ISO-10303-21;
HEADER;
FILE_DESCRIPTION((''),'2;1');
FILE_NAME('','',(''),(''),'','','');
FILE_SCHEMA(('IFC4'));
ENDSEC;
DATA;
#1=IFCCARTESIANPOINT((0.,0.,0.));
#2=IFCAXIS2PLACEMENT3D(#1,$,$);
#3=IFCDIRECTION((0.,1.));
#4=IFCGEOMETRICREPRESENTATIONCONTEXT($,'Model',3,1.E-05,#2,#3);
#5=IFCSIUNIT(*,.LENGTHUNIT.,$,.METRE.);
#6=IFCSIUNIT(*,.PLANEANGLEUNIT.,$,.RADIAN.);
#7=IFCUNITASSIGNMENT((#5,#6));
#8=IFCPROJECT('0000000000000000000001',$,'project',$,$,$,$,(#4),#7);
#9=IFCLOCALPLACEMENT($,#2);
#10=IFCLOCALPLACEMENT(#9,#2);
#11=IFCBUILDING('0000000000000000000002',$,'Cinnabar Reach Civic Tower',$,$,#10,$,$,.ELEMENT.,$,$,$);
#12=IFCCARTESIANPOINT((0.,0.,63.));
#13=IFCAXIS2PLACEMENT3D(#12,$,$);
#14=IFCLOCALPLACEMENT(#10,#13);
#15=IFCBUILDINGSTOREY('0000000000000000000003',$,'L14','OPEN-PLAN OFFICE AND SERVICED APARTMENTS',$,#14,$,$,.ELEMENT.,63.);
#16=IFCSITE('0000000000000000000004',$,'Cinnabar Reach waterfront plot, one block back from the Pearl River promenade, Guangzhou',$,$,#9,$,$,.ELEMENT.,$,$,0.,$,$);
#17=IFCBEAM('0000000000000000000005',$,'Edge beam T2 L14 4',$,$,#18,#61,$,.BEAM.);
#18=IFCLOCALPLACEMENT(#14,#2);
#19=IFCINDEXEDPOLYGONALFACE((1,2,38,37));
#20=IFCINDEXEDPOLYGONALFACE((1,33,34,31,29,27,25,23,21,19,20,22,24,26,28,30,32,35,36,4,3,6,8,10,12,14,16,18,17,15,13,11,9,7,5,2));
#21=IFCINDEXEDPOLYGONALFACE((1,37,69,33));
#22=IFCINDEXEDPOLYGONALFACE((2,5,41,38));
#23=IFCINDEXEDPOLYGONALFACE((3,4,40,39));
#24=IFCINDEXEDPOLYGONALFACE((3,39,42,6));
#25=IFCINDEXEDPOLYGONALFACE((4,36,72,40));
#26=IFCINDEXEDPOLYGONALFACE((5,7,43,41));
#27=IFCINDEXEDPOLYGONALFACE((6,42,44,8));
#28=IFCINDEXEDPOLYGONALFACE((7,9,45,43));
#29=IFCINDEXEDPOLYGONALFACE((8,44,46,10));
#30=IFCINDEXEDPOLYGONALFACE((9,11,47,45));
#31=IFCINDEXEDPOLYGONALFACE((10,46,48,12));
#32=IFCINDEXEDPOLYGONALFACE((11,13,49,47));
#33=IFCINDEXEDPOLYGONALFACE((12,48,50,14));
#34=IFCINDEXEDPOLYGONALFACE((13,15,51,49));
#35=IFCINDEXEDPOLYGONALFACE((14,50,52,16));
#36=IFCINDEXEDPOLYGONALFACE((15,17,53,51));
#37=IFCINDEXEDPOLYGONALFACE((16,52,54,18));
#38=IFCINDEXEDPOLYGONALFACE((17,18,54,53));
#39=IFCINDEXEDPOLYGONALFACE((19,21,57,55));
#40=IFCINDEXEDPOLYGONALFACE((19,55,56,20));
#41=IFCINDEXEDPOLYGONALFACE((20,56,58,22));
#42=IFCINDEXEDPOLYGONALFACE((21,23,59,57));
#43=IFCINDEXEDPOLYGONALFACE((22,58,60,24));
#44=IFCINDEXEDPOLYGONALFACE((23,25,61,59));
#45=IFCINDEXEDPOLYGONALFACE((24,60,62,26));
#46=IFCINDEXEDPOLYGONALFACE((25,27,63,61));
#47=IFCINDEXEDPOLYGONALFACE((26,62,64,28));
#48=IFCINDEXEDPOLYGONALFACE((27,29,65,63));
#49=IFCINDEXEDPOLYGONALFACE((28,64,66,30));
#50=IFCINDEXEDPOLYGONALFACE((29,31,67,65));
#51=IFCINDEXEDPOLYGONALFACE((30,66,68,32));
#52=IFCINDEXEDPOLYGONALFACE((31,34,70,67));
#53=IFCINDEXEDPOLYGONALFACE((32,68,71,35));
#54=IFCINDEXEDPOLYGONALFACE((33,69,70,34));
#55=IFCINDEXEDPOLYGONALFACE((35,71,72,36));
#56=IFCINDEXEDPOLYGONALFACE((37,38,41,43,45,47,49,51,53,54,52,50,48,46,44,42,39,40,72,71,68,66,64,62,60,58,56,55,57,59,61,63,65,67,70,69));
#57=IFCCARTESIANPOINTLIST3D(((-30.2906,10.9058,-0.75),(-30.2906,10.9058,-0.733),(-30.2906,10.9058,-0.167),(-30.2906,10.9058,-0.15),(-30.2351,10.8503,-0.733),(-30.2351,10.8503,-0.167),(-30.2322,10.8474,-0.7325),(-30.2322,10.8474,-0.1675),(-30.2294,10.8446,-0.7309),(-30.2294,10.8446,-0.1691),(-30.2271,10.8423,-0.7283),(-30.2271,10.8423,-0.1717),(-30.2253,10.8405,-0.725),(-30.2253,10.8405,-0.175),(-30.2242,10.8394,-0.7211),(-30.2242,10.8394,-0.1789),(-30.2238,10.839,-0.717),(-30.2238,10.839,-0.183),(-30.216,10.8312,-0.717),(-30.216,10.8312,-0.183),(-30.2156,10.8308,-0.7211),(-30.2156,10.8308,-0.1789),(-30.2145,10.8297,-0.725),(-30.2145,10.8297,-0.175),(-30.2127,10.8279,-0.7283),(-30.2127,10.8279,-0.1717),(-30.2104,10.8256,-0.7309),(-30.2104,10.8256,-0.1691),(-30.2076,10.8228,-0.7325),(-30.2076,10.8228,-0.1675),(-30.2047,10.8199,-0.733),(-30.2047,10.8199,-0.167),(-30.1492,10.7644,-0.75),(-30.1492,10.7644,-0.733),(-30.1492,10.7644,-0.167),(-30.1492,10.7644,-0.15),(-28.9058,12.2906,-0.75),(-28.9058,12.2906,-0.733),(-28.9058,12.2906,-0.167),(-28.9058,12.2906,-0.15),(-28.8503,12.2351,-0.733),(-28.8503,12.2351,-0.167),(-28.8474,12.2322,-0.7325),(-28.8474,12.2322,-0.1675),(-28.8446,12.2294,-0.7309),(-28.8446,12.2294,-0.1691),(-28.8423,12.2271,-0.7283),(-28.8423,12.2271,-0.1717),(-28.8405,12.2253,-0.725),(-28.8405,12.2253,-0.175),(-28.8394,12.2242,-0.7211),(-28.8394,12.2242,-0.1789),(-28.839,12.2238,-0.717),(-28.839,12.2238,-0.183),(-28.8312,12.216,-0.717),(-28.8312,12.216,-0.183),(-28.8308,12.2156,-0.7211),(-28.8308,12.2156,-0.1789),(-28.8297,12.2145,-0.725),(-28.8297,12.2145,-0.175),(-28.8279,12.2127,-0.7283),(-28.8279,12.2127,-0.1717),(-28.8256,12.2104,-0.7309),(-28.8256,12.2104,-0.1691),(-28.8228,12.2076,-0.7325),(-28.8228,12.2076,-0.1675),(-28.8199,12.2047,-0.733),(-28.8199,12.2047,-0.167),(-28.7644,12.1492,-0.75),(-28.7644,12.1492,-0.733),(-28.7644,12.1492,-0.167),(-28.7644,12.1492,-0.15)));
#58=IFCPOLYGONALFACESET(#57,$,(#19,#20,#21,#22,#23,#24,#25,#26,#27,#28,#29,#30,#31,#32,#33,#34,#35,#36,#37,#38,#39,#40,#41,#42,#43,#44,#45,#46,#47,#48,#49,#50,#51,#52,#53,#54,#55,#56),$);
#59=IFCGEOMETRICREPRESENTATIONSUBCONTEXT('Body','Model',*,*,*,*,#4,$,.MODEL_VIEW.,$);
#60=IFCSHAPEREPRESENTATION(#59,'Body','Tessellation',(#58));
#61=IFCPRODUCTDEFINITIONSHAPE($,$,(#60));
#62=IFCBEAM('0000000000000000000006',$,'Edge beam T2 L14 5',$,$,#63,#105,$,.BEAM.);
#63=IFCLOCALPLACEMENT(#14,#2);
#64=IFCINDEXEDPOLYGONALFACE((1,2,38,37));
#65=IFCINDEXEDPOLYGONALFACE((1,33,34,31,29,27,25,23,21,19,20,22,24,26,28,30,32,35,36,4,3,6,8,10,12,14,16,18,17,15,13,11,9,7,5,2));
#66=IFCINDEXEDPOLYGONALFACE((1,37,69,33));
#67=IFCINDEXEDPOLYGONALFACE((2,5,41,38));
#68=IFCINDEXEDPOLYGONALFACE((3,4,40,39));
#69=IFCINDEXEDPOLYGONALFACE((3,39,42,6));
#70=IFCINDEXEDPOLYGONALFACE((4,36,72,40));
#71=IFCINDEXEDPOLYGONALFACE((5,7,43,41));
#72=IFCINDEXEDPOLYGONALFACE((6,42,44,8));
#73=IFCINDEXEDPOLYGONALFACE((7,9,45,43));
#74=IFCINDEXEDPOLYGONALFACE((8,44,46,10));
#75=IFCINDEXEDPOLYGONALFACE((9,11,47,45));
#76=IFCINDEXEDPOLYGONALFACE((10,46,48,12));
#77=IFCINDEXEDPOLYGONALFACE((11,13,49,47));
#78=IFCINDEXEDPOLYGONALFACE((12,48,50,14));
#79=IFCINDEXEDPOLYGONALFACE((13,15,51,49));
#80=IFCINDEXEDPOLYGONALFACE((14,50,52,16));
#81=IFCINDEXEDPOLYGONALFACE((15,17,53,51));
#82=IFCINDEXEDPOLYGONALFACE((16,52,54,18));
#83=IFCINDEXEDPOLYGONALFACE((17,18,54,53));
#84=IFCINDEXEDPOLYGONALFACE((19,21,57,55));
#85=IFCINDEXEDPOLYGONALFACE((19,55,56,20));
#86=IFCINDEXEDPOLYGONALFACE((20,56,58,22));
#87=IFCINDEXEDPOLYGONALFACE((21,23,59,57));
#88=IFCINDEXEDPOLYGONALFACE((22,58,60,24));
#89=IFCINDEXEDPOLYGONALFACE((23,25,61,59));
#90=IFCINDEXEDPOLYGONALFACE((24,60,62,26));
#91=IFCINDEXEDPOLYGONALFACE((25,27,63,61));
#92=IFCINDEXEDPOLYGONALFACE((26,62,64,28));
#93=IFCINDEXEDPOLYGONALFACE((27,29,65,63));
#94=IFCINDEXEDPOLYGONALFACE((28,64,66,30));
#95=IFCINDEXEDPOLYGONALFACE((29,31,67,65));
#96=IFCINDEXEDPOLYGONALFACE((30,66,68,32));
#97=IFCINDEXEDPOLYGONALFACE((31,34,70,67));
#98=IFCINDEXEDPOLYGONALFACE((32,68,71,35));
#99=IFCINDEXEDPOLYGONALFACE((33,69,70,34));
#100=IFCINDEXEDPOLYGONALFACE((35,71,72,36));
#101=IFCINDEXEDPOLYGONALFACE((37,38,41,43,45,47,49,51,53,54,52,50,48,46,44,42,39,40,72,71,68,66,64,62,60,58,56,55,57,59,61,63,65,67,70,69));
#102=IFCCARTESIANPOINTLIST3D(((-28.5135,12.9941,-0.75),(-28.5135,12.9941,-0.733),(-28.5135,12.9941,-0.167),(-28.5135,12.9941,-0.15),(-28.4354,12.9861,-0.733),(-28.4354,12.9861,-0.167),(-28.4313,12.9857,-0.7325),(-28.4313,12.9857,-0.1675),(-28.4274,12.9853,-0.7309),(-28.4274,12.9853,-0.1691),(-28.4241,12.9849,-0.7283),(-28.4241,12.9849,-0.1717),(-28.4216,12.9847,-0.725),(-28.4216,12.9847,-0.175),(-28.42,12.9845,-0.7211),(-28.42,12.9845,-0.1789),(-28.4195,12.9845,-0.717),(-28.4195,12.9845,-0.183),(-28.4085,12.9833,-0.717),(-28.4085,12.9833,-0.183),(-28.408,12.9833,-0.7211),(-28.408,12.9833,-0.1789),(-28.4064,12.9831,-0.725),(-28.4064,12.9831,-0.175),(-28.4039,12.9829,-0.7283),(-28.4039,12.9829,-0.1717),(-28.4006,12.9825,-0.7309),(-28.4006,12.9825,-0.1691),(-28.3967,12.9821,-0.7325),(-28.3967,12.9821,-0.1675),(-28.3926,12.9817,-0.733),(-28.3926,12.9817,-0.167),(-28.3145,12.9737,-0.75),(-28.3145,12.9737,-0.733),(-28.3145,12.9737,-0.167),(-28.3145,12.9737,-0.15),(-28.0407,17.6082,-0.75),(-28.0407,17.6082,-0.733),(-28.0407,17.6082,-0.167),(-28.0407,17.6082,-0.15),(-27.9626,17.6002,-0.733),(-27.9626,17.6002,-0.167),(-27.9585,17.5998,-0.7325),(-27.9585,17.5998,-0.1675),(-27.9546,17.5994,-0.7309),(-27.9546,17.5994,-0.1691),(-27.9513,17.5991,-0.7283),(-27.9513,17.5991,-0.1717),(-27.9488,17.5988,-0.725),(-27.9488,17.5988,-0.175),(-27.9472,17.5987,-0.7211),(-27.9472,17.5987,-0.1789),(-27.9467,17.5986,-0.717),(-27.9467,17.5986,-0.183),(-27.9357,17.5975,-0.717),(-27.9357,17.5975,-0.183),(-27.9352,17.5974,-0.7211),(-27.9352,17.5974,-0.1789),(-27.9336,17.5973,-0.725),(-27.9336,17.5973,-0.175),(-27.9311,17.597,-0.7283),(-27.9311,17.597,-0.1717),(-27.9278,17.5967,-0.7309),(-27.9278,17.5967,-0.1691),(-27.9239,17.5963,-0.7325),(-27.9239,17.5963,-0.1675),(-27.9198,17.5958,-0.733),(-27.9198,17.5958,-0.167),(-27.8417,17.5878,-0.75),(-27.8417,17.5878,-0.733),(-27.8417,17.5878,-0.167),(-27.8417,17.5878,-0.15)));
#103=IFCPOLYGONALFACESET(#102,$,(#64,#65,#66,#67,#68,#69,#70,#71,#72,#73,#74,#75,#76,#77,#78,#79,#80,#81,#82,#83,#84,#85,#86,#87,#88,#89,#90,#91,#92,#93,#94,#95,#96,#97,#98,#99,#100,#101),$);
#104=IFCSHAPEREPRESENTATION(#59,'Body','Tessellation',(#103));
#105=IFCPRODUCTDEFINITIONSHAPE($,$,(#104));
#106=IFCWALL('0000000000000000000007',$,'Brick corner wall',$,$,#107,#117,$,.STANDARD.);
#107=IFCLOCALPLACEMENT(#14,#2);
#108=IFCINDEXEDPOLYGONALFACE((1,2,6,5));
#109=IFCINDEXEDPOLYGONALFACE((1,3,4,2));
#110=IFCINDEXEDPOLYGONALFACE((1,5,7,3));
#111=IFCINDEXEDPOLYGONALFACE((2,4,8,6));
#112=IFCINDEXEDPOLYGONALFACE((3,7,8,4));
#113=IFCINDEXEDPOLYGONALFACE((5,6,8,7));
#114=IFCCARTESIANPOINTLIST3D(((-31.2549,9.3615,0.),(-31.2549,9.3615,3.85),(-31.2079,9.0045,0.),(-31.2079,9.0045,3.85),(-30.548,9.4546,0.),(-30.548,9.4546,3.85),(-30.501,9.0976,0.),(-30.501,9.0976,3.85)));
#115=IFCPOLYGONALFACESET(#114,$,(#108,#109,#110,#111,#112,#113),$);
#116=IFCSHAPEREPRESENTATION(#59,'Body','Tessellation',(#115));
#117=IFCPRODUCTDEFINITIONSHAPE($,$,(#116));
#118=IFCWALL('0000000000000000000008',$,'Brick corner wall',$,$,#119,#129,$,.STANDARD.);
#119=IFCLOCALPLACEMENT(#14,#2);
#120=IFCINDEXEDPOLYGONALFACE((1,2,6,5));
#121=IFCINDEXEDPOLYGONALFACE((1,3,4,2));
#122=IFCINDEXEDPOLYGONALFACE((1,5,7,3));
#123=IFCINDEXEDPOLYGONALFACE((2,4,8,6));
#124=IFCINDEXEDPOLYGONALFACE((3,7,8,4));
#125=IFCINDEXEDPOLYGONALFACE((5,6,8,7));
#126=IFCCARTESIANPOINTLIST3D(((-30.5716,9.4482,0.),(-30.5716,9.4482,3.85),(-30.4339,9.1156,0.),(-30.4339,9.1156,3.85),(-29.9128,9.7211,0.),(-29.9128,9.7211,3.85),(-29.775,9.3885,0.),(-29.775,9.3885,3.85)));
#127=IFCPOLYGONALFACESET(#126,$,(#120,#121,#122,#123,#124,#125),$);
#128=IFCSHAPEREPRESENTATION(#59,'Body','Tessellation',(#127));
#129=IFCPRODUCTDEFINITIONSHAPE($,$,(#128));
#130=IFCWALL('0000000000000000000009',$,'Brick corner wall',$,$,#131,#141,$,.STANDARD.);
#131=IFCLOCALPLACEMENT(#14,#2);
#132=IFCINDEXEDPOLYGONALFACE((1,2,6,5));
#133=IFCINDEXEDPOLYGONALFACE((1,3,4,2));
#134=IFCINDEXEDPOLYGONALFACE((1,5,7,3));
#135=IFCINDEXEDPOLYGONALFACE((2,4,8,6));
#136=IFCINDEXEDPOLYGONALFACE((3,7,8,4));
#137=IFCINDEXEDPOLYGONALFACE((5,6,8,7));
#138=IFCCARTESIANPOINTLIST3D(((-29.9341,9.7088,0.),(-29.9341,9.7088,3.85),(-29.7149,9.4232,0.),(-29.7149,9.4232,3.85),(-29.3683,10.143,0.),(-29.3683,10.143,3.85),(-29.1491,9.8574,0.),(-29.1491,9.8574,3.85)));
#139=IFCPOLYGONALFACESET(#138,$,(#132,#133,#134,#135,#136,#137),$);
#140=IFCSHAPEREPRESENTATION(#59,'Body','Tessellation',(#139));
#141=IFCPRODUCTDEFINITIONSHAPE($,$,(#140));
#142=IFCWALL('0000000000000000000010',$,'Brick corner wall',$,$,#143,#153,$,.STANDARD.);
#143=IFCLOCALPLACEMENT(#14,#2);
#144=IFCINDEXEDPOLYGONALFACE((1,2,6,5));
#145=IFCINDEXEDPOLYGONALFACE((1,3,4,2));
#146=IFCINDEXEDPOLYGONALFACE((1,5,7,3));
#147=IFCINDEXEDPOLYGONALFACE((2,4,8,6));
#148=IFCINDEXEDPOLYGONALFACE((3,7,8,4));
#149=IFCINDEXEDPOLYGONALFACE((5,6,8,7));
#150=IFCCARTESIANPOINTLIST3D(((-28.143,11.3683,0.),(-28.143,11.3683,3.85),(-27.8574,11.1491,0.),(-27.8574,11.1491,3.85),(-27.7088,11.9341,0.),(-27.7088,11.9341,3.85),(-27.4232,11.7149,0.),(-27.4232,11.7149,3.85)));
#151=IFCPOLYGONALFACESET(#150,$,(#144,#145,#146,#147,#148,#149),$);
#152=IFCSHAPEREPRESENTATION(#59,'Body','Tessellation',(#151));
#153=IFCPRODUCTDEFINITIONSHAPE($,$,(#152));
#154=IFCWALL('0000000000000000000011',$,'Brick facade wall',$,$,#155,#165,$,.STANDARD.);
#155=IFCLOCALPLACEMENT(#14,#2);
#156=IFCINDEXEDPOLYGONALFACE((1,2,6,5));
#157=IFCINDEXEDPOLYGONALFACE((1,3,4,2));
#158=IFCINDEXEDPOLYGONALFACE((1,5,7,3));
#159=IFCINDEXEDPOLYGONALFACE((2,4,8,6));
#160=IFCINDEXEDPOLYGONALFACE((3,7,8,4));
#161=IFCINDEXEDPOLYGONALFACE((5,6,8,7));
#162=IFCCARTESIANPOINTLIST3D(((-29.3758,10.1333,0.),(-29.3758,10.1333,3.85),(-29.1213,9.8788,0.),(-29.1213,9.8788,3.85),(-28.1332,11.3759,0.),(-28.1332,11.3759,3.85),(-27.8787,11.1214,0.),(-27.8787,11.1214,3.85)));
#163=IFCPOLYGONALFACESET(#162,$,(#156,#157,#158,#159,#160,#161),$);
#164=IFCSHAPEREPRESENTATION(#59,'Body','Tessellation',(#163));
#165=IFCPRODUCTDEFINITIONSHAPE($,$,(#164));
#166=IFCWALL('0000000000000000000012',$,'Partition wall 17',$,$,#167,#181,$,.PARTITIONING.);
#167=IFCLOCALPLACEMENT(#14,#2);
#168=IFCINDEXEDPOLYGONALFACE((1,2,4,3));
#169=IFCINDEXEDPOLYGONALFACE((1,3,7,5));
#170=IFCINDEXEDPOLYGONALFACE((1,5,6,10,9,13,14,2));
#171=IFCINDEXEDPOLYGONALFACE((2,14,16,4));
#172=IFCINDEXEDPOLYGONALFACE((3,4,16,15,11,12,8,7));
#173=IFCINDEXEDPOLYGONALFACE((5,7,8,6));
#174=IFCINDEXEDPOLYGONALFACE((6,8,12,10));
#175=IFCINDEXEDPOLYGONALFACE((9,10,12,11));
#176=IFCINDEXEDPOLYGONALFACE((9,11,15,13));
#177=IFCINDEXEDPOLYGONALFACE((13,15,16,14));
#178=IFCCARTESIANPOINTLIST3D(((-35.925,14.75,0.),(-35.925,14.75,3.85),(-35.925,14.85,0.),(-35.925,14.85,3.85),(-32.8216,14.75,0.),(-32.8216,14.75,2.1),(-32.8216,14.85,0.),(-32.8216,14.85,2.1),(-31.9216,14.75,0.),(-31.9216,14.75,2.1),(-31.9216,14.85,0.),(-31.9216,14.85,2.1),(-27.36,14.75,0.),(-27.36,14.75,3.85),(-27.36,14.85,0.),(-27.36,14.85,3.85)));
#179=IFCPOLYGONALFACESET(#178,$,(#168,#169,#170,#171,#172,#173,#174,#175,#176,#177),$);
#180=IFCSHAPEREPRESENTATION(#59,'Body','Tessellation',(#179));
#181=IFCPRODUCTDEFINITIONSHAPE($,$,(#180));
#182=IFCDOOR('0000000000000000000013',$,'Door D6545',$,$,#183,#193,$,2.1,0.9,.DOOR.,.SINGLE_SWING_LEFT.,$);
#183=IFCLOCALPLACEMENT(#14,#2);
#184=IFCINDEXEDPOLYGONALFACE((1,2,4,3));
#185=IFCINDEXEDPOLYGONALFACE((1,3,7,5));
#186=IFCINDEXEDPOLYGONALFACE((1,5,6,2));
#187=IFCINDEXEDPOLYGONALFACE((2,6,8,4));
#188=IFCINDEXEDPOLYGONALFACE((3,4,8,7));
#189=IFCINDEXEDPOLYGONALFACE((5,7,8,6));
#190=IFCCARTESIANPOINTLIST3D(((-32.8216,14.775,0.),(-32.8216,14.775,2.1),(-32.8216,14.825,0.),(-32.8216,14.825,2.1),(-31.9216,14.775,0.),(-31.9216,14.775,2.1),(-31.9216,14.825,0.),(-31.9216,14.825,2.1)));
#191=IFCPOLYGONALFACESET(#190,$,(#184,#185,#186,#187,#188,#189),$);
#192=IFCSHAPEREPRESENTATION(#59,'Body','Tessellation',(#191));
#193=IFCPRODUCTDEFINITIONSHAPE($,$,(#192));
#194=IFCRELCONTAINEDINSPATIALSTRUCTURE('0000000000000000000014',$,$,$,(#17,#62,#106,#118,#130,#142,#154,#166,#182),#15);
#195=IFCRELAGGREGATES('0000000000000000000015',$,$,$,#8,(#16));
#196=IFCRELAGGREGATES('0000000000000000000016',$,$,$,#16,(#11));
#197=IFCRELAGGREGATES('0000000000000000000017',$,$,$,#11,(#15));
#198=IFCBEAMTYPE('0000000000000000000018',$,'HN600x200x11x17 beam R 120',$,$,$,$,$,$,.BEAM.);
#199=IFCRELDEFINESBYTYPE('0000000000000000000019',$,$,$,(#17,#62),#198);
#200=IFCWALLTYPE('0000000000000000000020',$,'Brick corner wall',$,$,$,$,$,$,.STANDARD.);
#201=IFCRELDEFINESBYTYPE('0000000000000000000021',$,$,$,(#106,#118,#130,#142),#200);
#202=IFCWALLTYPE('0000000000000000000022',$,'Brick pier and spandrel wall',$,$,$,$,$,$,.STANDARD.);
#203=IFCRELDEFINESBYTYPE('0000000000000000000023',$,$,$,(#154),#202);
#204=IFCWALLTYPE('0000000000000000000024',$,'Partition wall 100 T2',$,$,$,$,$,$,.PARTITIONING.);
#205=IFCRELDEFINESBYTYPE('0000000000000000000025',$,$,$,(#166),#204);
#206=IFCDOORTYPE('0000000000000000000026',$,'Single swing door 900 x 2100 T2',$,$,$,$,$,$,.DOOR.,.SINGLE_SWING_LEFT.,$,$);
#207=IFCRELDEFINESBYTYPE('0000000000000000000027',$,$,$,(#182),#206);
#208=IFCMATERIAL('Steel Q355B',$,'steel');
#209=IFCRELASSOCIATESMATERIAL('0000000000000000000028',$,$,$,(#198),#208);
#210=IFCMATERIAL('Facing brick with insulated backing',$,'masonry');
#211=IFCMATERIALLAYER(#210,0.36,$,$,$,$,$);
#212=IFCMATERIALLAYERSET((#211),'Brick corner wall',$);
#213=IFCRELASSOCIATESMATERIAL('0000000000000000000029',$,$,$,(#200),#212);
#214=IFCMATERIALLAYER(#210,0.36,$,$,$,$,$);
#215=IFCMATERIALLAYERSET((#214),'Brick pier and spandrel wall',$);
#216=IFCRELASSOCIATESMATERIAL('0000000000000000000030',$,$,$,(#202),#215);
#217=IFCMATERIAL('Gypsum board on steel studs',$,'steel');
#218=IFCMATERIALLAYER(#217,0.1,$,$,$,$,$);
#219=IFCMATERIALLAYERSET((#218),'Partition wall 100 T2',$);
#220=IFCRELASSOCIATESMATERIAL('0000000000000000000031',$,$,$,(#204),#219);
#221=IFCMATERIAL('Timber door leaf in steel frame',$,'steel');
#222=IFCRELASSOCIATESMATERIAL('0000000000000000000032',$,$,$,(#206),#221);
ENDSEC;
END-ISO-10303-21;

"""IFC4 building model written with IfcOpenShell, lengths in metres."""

from ifc_helpers import new_model, si_unit, direction, frame, frame_2d, origin, origin_2d, place, context, subcontext, project, spatial, rectangle, i_section, extrude, material, layer, layer_set, material_profile, profile_set, type_object, element, fill, save


model = new_model("IFC4")

# Units and contexts
model_context = context("Model", 3, precision=1e-05, world=origin(), true_north=direction((0.0, 1.0)))
body_context = subcontext(model_context, "Body", "Model", "MODEL_VIEW")
ifc_project = project(units=[si_unit("LENGTHUNIT", "METRE"), si_unit("PLANEANGLEUNIT", "RADIAN")], contexts=[model_context])

# Site, building, storey
site_placement = place(None, origin())
site = spatial("IfcSite", under=ifc_project, at=site_placement, Name="Cinnabar Reach waterfront plot, one block back from the Pearl River promenade, Guangzhou", CompositionType="ELEMENT", RefElevation=0.0)
building_placement = place(site_placement, origin())
building = spatial("IfcBuilding", under=site, at=building_placement, Name="Cinnabar Reach Civic Tower", CompositionType="ELEMENT")
storey_placement = place(building_placement, frame((0.0, 0.0, 63.0)))
storey = spatial("IfcBuildingStorey", under=building, at=storey_placement, Name="L14", Description="OPEN-PLAN OFFICE AND SERVICED APARTMENTS", CompositionType="ELEMENT", Elevation=63.0)

# Beams
ifc_material_1 = material(Name="Steel Q355B", Category="steel")
ifc_material_profile_1 = material_profile(ifc_material_1, i_section(OverallWidth=0.2, OverallDepth=0.6, WebThickness=0.011, FlangeThickness=0.017, FilletRadius=0.016, at=origin_2d()), Name="HN600x200x11x17")
ifc_profile_set_1 = profile_set([ifc_material_profile_1], Name="Steel Q355B")
beam_type_1 = type_object("IfcBeamType", Name="HN600x200x11x17 beam R 120", PredefinedType="BEAM", material=ifc_profile_set_1)
beam_1_placement = place(storey_placement, frame((-30.2199, 10.8351, -0.45), z_axis=(0.707107, 0.707107, 0.0), x_axis=(-0.707107, 0.707107, 0.0)))
element("IfcBeam", 1, at=beam_1_placement, inside=storey, type_object=beam_type_1, Name="Edge beam T2 L14 4", PredefinedType="BEAM", context=body_context, shape_type="SweptSolid", body=[
    extrude(i_section(OverallWidth=0.2, OverallDepth=0.6, WebThickness=0.011, FlangeThickness=0.017, FilletRadius=0.016, at=origin_2d()), origin(), (0.0, 0.0, 1.0), 1.9584),
])
beam_2_placement = place(storey_placement, frame((-28.414, 12.9839, -0.45), z_axis=(0.101935, 0.994791, 0.0), x_axis=(-0.994791, 0.101935, 0.0)))
element("IfcBeam", 2, at=beam_2_placement, inside=storey, type_object=beam_type_1, Name="Edge beam T2 L14 5", PredefinedType="BEAM", context=body_context, shape_type="SweptSolid", body=[
    extrude(i_section(OverallWidth=0.2, OverallDepth=0.6, WebThickness=0.011, FlangeThickness=0.017, FilletRadius=0.016, at=origin_2d()), origin(), (0.0, 0.0, 1.0), 4.6383),
])

# Walls
ifc_material_2 = material(Name="Facing brick with insulated backing", Category="masonry")
ifc_layer_1 = layer(ifc_material_2, 0.36)
ifc_layer_set_1 = layer_set([ifc_layer_1], Name="Brick corner wall")
wall_type_1 = type_object("IfcWallType", Name="Brick corner wall", PredefinedType="STANDARD", material=ifc_layer_set_1)
for number, where, z_axis, x_axis, name in (
    (3, (-31.2314, 9.183, 0.0), (0.0, 0.0, 1.0), (0.991441, 0.130556, 0.0), "Brick corner wall"),
    (4, (-30.5027, 9.2819, 0.0), (0.0, 0.0, 1.0), (0.923872, 0.382703, 0.0), "Brick corner wall"),
):
    element("IfcWall", number, at=place(storey_placement, frame(where, z_axis=z_axis, x_axis=x_axis)), inside=storey, type_object=wall_type_1, Name=name, PredefinedType="STANDARD", context=body_context, shape_type="SweptSolid", body=[
        extrude(rectangle(XDim=0.7131, YDim=0.36, at=frame_2d((0.3565, 0.0))), origin(), (0.0, 0.0, 1.0), 3.85),
    ])
for number, where, z_axis, x_axis, name in (
    (5, (-29.8245, 9.566, 0.0), (0.0, 0.0, 1.0), (0.793322, 0.608802, 0.0), "Brick corner wall"),
    (6, (-28.0002, 11.2587, 0.0), (0.0, 0.0, 1.0), (0.608802, 0.793322, 0.0), "Brick corner wall"),
):
    element("IfcWall", number, at=place(storey_placement, frame(where, z_axis=z_axis, x_axis=x_axis)), inside=storey, type_object=wall_type_1, Name=name, PredefinedType="STANDARD", context=body_context, shape_type="SweptSolid", body=[
        extrude(rectangle(XDim=0.7132, YDim=0.36, at=frame_2d((0.3566, 0.0))), origin(), (0.0, 0.0, 1.0), 3.85),
    ])
ifc_layer_2 = layer(ifc_material_2, 0.36)
ifc_layer_set_2 = layer_set([ifc_layer_2], Name="Brick pier and spandrel wall")
wall_type_2 = type_object("IfcWallType", Name="Brick pier and spandrel wall", PredefinedType="STANDARD", material=ifc_layer_set_2)
wall_1_placement = place(storey_placement, frame((-29.2486, 10.006, 0.0), z_axis=(0.0, 0.0, 1.0), x_axis=(0.707107, 0.707107, 0.0)))
element("IfcWall", 7, at=wall_1_placement, inside=storey, type_object=wall_type_2, Name="Brick facade wall", PredefinedType="STANDARD", context=body_context, shape_type="SweptSolid", body=[
    extrude(rectangle(XDim=1.7573, YDim=0.36, at=frame_2d((0.8787, 0.0))), origin(), (0.0, 0.0, 1.0), 3.85),
])

# Wall, opening, door
ifc_material_3 = material(Name="Gypsum board on steel studs", Category="steel")
ifc_layer_3 = layer(ifc_material_3, 0.1)
ifc_layer_set_3 = layer_set([ifc_layer_3], Name="Partition wall 100 T2")
wall_type_3 = type_object("IfcWallType", Name="Partition wall 100 T2", PredefinedType="PARTITIONING", material=ifc_layer_set_3)
wall_2_placement = place(storey_placement, frame((-35.925, 14.8, 0.0), z_axis=(0.0, 0.0, 1.0), x_axis=(1.0, 0.0, 0.0)))
wall_2 = element("IfcWall", 8, at=wall_2_placement, inside=storey, type_object=wall_type_3, Name="Partition wall 17", PredefinedType="PARTITIONING", context=body_context, shape_type="SweptSolid", body=[
    extrude(rectangle(XDim=8.565, YDim=0.1, at=frame_2d((4.2825, 0.0))), origin(), (0.0, 0.0, 1.0), 3.85),
])
opening_1_placement = place(wall_2_placement, frame((3.1034, 0.0, 0.0)))
opening_1 = element("IfcOpeningElement", 9, at=opening_1_placement, cuts=wall_2, PredefinedType="OPENING", context=body_context, shape_type="SweptSolid", body=[
    extrude(rectangle(XDim=0.9, YDim=2.1, at=frame_2d((0.45, 1.05))), frame((0.0, 0.06, 0.0), z_axis=(0.0, -1.0, 0.0), x_axis=(1.0, 0.0, 0.0)), (0.0, 0.0, 1.0), 0.12),
])
ifc_material_4 = material(Name="Timber door leaf in steel frame", Category="steel")
door_type = type_object("IfcDoorType", Name="Single swing door 900 x 2100 T2", OperationType="SINGLE_SWING_LEFT", PredefinedType="DOOR", material=ifc_material_4)
door_1_placement = place(opening_1_placement, origin())
door_1 = element("IfcDoor", 10, at=door_1_placement, inside=storey, type_object=door_type, Name="Door D6545", OperationType="SINGLE_SWING_LEFT", OverallHeight=2.1, OverallWidth=0.9, PredefinedType="DOOR", context=body_context, shape_type="SweptSolid", body=[
    extrude(rectangle(XDim=0.9, YDim=2.1, at=frame_2d((0.45, 1.05))), frame((0.0, 0.025, 0.0), z_axis=(0.0, -1.0, 0.0), x_axis=(1.0, 0.0, 0.0)), (0.0, 0.0, 1.0), 0.05),
])
fill(opening_1, door_1)

save(model, "model.ifc")
